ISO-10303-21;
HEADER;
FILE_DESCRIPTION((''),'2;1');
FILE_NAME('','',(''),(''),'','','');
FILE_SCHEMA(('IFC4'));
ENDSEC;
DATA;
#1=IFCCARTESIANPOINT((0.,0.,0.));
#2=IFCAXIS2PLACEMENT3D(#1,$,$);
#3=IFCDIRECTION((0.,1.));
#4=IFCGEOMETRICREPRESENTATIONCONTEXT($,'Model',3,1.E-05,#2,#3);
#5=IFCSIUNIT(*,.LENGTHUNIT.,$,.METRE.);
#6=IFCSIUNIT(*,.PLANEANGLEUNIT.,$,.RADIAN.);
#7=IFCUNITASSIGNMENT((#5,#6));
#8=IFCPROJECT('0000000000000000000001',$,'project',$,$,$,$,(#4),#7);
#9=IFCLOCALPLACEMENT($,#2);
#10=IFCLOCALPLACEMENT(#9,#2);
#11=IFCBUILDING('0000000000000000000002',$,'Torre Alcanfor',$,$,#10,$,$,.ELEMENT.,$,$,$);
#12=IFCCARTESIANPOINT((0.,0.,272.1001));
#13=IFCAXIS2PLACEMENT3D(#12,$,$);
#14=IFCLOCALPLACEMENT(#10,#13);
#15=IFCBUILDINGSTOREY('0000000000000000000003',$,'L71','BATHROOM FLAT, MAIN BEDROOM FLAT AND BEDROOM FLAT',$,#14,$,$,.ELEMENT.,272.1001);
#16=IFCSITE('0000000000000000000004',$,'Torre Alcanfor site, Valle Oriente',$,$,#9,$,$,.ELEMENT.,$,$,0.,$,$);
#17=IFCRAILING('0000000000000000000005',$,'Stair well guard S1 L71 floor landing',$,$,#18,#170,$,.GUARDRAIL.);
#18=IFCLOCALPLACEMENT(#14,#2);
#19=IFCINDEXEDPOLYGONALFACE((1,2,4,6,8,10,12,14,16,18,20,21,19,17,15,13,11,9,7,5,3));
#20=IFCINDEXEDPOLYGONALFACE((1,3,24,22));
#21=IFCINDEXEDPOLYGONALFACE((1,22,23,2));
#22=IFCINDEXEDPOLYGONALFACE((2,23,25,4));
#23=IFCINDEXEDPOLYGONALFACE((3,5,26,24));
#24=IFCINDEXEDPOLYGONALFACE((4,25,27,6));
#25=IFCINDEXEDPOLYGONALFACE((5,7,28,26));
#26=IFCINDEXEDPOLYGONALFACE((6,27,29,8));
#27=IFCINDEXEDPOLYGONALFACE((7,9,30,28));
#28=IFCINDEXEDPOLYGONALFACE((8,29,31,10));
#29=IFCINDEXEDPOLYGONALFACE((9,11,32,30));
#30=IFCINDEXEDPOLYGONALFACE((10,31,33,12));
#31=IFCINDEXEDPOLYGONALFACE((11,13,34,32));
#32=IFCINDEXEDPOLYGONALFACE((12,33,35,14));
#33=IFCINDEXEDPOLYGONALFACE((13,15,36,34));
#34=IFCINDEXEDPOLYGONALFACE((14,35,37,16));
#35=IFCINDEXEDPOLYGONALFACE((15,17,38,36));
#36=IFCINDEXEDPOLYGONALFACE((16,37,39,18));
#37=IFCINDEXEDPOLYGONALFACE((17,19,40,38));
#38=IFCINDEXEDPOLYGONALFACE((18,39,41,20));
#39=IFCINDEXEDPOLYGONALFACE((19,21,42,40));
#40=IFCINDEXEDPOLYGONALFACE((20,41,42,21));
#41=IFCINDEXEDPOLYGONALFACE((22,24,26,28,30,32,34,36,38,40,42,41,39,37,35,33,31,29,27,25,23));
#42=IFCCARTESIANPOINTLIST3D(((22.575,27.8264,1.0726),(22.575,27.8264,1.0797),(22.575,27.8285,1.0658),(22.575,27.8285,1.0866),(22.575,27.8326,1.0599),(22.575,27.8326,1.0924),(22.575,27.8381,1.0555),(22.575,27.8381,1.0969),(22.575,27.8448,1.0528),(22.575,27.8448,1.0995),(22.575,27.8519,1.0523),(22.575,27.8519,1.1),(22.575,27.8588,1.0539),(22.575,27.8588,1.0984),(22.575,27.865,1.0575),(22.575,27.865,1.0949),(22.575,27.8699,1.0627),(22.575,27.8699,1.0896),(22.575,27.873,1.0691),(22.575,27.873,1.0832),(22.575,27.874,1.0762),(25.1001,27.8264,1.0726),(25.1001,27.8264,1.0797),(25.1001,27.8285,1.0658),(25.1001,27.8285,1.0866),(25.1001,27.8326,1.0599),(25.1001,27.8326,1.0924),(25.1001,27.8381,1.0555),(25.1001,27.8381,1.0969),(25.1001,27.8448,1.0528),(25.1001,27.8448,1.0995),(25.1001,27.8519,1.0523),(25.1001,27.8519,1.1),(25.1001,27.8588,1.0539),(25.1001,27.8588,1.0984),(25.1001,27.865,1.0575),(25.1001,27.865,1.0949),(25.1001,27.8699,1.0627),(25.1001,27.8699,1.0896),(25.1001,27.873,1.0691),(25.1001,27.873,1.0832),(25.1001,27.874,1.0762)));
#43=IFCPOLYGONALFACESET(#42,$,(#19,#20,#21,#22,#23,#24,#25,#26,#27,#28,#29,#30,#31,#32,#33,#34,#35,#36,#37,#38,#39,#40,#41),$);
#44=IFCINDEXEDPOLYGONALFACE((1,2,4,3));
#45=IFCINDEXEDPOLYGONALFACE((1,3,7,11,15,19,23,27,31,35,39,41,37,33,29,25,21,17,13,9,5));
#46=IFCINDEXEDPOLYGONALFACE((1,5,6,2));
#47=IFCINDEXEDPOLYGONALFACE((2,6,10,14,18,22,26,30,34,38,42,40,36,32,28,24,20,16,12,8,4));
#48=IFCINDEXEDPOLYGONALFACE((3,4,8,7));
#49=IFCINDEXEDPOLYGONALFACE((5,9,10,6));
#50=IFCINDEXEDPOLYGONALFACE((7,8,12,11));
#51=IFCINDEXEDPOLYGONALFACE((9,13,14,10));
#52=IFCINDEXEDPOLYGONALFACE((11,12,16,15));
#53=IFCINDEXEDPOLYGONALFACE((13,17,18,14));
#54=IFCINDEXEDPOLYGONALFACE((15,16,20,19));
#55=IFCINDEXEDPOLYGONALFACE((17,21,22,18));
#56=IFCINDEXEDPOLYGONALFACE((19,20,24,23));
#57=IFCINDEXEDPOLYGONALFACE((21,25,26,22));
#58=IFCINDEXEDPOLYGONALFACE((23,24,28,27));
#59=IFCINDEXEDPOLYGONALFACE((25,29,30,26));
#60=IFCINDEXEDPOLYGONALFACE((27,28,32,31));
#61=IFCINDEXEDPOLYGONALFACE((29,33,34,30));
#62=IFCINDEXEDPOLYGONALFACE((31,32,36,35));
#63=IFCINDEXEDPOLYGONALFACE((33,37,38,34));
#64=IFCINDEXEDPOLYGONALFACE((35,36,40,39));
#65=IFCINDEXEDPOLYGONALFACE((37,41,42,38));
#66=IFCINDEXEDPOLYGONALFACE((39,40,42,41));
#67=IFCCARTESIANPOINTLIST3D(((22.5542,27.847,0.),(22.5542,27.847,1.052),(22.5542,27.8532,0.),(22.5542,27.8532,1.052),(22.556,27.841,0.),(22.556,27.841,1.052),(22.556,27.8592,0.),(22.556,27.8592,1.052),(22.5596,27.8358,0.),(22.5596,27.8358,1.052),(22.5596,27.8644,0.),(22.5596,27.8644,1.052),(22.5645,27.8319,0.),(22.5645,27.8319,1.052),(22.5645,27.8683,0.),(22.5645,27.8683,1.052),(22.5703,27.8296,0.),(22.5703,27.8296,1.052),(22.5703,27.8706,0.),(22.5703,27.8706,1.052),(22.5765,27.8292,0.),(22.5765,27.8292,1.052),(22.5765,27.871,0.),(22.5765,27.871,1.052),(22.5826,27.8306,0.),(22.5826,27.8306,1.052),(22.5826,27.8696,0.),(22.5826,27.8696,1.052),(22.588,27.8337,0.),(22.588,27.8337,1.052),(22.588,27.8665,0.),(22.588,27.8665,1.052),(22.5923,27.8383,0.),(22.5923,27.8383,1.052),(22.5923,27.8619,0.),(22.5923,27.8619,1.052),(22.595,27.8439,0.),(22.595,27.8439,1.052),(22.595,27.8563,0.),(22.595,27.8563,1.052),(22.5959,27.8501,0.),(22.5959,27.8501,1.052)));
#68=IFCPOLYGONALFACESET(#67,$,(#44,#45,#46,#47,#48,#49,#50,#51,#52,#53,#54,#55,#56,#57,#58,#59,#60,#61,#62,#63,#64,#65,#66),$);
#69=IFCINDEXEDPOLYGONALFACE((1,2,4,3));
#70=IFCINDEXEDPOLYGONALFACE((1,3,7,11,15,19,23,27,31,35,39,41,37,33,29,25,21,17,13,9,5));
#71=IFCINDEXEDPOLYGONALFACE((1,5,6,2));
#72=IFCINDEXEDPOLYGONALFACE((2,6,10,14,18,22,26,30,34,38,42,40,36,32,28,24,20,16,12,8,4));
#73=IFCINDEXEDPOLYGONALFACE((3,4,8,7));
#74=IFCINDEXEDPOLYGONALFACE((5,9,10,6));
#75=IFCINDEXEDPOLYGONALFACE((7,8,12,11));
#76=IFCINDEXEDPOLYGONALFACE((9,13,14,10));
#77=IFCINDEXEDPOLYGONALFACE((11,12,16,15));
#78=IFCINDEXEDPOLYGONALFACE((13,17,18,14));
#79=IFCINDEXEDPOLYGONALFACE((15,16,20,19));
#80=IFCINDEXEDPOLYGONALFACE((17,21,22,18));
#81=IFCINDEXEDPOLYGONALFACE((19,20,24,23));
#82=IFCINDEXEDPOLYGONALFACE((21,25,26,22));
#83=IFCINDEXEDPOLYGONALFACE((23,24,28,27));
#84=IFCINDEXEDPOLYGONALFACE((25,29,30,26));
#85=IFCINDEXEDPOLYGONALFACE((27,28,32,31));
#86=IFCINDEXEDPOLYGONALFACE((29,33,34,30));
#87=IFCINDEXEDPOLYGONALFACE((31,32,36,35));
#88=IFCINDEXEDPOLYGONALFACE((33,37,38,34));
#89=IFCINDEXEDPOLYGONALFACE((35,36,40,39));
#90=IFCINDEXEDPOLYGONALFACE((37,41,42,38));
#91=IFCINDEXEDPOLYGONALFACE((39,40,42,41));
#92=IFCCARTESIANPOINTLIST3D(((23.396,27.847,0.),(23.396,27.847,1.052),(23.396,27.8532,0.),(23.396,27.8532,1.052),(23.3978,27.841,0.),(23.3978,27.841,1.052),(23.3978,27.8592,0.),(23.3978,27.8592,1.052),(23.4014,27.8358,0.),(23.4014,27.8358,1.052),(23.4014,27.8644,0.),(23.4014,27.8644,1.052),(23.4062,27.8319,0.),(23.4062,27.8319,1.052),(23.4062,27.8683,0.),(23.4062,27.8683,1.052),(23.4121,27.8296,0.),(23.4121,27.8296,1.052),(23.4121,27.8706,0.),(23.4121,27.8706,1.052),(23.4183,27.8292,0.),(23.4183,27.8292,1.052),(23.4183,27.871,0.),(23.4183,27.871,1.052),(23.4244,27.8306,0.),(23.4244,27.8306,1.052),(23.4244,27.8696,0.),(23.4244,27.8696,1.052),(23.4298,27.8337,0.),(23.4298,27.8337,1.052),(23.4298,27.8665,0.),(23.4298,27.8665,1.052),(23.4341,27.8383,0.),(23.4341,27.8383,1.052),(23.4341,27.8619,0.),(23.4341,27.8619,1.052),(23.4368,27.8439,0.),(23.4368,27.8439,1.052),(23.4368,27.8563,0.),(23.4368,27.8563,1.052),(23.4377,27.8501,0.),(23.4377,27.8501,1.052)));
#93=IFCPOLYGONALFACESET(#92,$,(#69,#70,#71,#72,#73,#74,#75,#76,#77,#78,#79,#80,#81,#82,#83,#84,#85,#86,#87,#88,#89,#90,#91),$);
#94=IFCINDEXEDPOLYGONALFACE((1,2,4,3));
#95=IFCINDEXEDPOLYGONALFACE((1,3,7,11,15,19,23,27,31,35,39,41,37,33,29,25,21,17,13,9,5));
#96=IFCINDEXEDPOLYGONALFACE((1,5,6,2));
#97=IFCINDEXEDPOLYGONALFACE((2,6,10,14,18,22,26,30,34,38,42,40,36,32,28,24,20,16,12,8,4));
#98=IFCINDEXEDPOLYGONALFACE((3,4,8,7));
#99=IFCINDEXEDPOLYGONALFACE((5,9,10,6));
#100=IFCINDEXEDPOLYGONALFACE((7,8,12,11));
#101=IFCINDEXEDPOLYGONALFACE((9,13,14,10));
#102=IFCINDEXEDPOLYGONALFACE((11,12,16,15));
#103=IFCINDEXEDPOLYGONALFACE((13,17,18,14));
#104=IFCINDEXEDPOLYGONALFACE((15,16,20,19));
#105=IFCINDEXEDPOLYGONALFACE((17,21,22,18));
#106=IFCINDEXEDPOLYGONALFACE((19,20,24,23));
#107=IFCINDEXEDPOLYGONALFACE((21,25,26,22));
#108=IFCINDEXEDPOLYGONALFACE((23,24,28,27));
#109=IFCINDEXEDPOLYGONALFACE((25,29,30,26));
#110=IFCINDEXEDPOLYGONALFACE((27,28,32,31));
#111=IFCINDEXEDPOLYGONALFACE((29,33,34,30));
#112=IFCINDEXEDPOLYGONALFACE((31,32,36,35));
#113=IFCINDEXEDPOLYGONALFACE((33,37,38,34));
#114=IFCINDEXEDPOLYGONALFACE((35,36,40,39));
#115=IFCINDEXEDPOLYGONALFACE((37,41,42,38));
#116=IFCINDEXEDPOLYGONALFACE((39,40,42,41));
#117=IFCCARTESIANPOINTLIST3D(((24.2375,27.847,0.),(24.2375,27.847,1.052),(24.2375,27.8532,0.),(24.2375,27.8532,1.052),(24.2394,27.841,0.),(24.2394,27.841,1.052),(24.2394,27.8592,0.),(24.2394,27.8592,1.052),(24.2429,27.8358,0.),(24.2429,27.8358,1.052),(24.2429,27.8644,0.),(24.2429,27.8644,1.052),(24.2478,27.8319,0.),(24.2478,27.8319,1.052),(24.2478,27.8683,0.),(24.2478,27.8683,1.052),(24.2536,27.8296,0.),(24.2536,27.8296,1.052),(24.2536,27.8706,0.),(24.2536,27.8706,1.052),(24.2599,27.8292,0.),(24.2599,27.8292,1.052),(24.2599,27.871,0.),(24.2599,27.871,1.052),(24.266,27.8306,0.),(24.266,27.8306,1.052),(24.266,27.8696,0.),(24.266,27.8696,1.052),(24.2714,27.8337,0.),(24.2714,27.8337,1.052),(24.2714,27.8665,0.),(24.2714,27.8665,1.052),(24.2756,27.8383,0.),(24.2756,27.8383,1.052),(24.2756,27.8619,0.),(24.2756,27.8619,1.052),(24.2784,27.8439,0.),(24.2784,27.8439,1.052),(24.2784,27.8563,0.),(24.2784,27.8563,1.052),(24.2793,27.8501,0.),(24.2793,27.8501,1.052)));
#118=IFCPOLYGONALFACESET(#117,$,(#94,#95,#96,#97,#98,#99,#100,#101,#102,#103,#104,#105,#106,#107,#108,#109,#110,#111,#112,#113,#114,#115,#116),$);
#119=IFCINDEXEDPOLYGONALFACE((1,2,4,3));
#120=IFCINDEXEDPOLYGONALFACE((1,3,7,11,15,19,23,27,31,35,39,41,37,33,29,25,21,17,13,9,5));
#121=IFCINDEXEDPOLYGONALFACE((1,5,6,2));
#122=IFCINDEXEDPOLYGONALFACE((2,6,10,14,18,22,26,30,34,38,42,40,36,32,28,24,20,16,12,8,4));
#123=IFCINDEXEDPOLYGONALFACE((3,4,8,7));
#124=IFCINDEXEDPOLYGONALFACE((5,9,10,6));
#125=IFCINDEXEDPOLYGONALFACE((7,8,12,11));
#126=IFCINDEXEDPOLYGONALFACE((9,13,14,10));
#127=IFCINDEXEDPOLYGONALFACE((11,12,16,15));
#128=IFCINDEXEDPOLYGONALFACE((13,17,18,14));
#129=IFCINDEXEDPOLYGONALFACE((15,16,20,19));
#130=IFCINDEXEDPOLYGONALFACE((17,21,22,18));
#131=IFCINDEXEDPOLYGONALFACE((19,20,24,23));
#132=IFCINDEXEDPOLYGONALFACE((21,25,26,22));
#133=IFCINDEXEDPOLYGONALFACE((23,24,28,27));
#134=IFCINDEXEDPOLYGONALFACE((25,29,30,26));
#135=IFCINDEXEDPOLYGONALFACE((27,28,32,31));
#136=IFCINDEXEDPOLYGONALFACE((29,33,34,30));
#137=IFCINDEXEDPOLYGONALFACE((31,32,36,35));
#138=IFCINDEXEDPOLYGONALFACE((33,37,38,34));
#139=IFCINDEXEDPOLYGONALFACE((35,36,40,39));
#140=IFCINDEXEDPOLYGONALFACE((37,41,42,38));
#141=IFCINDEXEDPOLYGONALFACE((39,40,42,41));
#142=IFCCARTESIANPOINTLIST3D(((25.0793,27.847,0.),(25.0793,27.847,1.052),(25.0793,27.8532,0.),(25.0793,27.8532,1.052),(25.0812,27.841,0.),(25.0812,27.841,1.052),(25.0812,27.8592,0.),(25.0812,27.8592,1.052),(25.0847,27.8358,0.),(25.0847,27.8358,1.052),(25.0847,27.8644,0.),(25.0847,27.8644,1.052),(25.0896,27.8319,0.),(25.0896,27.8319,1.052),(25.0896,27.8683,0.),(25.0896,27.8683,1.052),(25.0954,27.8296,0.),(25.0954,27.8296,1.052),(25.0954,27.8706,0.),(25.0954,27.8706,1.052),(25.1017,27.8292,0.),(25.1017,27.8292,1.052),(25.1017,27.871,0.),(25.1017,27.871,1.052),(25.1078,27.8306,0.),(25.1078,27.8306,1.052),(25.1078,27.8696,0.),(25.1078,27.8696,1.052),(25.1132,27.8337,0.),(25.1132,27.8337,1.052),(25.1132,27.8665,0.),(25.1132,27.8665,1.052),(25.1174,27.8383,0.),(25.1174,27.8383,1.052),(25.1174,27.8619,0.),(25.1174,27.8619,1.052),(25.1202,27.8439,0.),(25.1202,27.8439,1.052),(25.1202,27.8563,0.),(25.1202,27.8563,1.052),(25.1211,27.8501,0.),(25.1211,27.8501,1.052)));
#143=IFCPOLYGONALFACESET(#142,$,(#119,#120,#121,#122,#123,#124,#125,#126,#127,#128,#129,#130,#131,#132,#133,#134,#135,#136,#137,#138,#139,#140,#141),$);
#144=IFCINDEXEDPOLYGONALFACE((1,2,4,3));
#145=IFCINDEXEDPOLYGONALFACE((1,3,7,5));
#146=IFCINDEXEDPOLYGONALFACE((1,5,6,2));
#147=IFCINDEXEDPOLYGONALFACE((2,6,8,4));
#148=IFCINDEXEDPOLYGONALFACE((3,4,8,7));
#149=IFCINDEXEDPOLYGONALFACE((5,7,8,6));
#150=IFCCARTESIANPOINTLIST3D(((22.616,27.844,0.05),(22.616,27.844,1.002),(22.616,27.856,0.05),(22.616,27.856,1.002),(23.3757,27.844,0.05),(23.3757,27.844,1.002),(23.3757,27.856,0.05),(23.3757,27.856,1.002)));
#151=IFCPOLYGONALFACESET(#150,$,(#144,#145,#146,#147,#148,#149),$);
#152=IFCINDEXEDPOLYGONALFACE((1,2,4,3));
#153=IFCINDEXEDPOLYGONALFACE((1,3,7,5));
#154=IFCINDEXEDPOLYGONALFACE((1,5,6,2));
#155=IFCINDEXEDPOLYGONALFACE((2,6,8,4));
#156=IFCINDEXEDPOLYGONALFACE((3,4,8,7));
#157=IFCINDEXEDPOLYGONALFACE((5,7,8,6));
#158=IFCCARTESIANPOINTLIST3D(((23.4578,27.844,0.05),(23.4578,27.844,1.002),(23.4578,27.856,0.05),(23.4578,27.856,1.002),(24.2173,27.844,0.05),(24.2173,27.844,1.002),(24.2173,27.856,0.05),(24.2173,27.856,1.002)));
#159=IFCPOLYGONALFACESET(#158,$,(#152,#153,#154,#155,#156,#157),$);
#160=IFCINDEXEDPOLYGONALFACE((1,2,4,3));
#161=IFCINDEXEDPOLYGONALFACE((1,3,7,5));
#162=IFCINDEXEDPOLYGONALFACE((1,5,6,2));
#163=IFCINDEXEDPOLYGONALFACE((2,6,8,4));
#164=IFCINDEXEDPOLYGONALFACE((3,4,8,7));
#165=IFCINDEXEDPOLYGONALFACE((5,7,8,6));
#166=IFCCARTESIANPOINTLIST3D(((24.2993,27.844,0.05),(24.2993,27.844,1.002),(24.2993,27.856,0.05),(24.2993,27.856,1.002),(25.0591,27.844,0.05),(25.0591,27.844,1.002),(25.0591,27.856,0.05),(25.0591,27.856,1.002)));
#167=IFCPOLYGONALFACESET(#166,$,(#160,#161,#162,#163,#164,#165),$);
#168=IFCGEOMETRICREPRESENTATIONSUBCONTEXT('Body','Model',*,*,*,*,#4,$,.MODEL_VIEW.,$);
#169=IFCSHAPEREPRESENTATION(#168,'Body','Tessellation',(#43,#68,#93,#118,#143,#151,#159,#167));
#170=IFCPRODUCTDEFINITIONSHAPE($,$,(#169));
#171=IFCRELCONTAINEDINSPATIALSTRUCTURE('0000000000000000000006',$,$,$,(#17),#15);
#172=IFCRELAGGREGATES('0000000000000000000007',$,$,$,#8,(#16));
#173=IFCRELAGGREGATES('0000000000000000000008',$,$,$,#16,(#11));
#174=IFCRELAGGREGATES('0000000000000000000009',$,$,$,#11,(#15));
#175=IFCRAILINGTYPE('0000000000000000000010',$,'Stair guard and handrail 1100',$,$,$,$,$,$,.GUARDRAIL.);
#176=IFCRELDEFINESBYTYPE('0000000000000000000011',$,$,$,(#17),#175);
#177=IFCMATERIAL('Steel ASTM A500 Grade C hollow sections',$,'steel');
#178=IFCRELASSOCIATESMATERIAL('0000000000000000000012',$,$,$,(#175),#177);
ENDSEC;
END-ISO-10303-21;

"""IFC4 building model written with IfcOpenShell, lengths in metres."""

from ifc_helpers import new_model, si_unit, direction, frame, origin, origin_2d, place, context, subcontext, project, spatial, polyline, circle, outline, extrude, material, type_object, element, save


model = new_model("IFC4")

# Units and contexts
model_context = context("Model", 3, precision=1e-05, world=origin(), true_north=direction((0.0, 1.0)))
body_context = subcontext(model_context, "Body", "Model", "MODEL_VIEW")
ifc_project = project(units=[si_unit("LENGTHUNIT", "METRE"), si_unit("PLANEANGLEUNIT", "RADIAN")], contexts=[model_context])

# Site, building, storey
site_placement = place(None, origin())
site = spatial("IfcSite", under=ifc_project, at=site_placement, Name="Torre Alcanfor site, Valle Oriente", CompositionType="ELEMENT", RefElevation=0.0)
building_placement = place(site_placement, origin())
building = spatial("IfcBuilding", under=site, at=building_placement, Name="Torre Alcanfor", CompositionType="ELEMENT")
storey_placement = place(building_placement, frame((0.0, 0.0, 272.1001)))
storey = spatial("IfcBuildingStorey", under=building, at=storey_placement, Name="L71", Description="BATHROOM FLAT, MAIN BEDROOM FLAT AND BEDROOM FLAT", CompositionType="ELEMENT", Elevation=272.1001)

# Railing
ifc_material_1 = material(Name="Steel ASTM A500 Grade C hollow sections", Category="steel")
railing_type_1 = type_object("IfcRailingType", Name="Stair guard and handrail 1100", PredefinedType="GUARDRAIL", material=ifc_material_1)
for number, where, name in (
    (1, (22.575, 27.8501, 0.0), "Stair well guard S1 L71 floor landing"),
):
    element("IfcRailing", number, at=place(storey_placement, frame(where)), inside=storey, type_object=railing_type_1, Name=name, PredefinedType="GUARDRAIL", context=body_context, shape_type="SweptSolid", body=[
        extrude(circle(Radius=0.0239, at=origin_2d()), frame((0.0, 0.0, 1.0762), z_axis=(1.0, 0.0, 0.0), x_axis=(0.0, 1.0, 0.0)), (0.0, 0.0, 1.0), 2.5251),
        extrude(circle(Radius=0.021, at=origin_2d()), origin(), (0.0, 0.0, 1.0), 1.052),
        extrude(circle(Radius=0.021, at=origin_2d()), frame((0.8418, 0.0, 0.0)), (0.0, 0.0, 1.0), 1.052),
        extrude(circle(Radius=0.021, at=origin_2d()), frame((1.6833, 0.0, 0.0)), (0.0, 0.0, 1.0), 1.052),
        extrude(circle(Radius=0.021, at=origin_2d()), frame((2.5251, 0.0, 0.0)), (0.0, 0.0, 1.0), 1.052),
        extrude(outline(polyline([(0.041, 0.05), (0.8008, 0.05), (0.8008, 1.002), (0.041, 1.002), (0.041, 0.05)])), frame((0.0, 0.0059, 0.0), z_axis=(0.0, -1.0, 0.0), x_axis=(1.0, 0.0, 0.0)), (0.0, 0.0, 1.0), 0.012),
        extrude(outline(polyline([(0.8828, 0.05), (1.6423, 0.05), (1.6423, 1.002), (0.8828, 1.002), (0.8828, 0.05)])), frame((0.0, 0.0059, 0.0), z_axis=(0.0, -1.0, 0.0), x_axis=(1.0, 0.0, 0.0)), (0.0, 0.0, 1.0), 0.012),
        extrude(outline(polyline([(1.7244, 0.05), (2.4841, 0.05), (2.4841, 1.002), (1.7244, 1.002), (1.7244, 0.05)])), frame((0.0, 0.0059, 0.0), z_axis=(0.0, -1.0, 0.0), x_axis=(1.0, 0.0, 0.0)), (0.0, 0.0, 1.0), 0.012),
    ])

save(model, "model.ifc")
